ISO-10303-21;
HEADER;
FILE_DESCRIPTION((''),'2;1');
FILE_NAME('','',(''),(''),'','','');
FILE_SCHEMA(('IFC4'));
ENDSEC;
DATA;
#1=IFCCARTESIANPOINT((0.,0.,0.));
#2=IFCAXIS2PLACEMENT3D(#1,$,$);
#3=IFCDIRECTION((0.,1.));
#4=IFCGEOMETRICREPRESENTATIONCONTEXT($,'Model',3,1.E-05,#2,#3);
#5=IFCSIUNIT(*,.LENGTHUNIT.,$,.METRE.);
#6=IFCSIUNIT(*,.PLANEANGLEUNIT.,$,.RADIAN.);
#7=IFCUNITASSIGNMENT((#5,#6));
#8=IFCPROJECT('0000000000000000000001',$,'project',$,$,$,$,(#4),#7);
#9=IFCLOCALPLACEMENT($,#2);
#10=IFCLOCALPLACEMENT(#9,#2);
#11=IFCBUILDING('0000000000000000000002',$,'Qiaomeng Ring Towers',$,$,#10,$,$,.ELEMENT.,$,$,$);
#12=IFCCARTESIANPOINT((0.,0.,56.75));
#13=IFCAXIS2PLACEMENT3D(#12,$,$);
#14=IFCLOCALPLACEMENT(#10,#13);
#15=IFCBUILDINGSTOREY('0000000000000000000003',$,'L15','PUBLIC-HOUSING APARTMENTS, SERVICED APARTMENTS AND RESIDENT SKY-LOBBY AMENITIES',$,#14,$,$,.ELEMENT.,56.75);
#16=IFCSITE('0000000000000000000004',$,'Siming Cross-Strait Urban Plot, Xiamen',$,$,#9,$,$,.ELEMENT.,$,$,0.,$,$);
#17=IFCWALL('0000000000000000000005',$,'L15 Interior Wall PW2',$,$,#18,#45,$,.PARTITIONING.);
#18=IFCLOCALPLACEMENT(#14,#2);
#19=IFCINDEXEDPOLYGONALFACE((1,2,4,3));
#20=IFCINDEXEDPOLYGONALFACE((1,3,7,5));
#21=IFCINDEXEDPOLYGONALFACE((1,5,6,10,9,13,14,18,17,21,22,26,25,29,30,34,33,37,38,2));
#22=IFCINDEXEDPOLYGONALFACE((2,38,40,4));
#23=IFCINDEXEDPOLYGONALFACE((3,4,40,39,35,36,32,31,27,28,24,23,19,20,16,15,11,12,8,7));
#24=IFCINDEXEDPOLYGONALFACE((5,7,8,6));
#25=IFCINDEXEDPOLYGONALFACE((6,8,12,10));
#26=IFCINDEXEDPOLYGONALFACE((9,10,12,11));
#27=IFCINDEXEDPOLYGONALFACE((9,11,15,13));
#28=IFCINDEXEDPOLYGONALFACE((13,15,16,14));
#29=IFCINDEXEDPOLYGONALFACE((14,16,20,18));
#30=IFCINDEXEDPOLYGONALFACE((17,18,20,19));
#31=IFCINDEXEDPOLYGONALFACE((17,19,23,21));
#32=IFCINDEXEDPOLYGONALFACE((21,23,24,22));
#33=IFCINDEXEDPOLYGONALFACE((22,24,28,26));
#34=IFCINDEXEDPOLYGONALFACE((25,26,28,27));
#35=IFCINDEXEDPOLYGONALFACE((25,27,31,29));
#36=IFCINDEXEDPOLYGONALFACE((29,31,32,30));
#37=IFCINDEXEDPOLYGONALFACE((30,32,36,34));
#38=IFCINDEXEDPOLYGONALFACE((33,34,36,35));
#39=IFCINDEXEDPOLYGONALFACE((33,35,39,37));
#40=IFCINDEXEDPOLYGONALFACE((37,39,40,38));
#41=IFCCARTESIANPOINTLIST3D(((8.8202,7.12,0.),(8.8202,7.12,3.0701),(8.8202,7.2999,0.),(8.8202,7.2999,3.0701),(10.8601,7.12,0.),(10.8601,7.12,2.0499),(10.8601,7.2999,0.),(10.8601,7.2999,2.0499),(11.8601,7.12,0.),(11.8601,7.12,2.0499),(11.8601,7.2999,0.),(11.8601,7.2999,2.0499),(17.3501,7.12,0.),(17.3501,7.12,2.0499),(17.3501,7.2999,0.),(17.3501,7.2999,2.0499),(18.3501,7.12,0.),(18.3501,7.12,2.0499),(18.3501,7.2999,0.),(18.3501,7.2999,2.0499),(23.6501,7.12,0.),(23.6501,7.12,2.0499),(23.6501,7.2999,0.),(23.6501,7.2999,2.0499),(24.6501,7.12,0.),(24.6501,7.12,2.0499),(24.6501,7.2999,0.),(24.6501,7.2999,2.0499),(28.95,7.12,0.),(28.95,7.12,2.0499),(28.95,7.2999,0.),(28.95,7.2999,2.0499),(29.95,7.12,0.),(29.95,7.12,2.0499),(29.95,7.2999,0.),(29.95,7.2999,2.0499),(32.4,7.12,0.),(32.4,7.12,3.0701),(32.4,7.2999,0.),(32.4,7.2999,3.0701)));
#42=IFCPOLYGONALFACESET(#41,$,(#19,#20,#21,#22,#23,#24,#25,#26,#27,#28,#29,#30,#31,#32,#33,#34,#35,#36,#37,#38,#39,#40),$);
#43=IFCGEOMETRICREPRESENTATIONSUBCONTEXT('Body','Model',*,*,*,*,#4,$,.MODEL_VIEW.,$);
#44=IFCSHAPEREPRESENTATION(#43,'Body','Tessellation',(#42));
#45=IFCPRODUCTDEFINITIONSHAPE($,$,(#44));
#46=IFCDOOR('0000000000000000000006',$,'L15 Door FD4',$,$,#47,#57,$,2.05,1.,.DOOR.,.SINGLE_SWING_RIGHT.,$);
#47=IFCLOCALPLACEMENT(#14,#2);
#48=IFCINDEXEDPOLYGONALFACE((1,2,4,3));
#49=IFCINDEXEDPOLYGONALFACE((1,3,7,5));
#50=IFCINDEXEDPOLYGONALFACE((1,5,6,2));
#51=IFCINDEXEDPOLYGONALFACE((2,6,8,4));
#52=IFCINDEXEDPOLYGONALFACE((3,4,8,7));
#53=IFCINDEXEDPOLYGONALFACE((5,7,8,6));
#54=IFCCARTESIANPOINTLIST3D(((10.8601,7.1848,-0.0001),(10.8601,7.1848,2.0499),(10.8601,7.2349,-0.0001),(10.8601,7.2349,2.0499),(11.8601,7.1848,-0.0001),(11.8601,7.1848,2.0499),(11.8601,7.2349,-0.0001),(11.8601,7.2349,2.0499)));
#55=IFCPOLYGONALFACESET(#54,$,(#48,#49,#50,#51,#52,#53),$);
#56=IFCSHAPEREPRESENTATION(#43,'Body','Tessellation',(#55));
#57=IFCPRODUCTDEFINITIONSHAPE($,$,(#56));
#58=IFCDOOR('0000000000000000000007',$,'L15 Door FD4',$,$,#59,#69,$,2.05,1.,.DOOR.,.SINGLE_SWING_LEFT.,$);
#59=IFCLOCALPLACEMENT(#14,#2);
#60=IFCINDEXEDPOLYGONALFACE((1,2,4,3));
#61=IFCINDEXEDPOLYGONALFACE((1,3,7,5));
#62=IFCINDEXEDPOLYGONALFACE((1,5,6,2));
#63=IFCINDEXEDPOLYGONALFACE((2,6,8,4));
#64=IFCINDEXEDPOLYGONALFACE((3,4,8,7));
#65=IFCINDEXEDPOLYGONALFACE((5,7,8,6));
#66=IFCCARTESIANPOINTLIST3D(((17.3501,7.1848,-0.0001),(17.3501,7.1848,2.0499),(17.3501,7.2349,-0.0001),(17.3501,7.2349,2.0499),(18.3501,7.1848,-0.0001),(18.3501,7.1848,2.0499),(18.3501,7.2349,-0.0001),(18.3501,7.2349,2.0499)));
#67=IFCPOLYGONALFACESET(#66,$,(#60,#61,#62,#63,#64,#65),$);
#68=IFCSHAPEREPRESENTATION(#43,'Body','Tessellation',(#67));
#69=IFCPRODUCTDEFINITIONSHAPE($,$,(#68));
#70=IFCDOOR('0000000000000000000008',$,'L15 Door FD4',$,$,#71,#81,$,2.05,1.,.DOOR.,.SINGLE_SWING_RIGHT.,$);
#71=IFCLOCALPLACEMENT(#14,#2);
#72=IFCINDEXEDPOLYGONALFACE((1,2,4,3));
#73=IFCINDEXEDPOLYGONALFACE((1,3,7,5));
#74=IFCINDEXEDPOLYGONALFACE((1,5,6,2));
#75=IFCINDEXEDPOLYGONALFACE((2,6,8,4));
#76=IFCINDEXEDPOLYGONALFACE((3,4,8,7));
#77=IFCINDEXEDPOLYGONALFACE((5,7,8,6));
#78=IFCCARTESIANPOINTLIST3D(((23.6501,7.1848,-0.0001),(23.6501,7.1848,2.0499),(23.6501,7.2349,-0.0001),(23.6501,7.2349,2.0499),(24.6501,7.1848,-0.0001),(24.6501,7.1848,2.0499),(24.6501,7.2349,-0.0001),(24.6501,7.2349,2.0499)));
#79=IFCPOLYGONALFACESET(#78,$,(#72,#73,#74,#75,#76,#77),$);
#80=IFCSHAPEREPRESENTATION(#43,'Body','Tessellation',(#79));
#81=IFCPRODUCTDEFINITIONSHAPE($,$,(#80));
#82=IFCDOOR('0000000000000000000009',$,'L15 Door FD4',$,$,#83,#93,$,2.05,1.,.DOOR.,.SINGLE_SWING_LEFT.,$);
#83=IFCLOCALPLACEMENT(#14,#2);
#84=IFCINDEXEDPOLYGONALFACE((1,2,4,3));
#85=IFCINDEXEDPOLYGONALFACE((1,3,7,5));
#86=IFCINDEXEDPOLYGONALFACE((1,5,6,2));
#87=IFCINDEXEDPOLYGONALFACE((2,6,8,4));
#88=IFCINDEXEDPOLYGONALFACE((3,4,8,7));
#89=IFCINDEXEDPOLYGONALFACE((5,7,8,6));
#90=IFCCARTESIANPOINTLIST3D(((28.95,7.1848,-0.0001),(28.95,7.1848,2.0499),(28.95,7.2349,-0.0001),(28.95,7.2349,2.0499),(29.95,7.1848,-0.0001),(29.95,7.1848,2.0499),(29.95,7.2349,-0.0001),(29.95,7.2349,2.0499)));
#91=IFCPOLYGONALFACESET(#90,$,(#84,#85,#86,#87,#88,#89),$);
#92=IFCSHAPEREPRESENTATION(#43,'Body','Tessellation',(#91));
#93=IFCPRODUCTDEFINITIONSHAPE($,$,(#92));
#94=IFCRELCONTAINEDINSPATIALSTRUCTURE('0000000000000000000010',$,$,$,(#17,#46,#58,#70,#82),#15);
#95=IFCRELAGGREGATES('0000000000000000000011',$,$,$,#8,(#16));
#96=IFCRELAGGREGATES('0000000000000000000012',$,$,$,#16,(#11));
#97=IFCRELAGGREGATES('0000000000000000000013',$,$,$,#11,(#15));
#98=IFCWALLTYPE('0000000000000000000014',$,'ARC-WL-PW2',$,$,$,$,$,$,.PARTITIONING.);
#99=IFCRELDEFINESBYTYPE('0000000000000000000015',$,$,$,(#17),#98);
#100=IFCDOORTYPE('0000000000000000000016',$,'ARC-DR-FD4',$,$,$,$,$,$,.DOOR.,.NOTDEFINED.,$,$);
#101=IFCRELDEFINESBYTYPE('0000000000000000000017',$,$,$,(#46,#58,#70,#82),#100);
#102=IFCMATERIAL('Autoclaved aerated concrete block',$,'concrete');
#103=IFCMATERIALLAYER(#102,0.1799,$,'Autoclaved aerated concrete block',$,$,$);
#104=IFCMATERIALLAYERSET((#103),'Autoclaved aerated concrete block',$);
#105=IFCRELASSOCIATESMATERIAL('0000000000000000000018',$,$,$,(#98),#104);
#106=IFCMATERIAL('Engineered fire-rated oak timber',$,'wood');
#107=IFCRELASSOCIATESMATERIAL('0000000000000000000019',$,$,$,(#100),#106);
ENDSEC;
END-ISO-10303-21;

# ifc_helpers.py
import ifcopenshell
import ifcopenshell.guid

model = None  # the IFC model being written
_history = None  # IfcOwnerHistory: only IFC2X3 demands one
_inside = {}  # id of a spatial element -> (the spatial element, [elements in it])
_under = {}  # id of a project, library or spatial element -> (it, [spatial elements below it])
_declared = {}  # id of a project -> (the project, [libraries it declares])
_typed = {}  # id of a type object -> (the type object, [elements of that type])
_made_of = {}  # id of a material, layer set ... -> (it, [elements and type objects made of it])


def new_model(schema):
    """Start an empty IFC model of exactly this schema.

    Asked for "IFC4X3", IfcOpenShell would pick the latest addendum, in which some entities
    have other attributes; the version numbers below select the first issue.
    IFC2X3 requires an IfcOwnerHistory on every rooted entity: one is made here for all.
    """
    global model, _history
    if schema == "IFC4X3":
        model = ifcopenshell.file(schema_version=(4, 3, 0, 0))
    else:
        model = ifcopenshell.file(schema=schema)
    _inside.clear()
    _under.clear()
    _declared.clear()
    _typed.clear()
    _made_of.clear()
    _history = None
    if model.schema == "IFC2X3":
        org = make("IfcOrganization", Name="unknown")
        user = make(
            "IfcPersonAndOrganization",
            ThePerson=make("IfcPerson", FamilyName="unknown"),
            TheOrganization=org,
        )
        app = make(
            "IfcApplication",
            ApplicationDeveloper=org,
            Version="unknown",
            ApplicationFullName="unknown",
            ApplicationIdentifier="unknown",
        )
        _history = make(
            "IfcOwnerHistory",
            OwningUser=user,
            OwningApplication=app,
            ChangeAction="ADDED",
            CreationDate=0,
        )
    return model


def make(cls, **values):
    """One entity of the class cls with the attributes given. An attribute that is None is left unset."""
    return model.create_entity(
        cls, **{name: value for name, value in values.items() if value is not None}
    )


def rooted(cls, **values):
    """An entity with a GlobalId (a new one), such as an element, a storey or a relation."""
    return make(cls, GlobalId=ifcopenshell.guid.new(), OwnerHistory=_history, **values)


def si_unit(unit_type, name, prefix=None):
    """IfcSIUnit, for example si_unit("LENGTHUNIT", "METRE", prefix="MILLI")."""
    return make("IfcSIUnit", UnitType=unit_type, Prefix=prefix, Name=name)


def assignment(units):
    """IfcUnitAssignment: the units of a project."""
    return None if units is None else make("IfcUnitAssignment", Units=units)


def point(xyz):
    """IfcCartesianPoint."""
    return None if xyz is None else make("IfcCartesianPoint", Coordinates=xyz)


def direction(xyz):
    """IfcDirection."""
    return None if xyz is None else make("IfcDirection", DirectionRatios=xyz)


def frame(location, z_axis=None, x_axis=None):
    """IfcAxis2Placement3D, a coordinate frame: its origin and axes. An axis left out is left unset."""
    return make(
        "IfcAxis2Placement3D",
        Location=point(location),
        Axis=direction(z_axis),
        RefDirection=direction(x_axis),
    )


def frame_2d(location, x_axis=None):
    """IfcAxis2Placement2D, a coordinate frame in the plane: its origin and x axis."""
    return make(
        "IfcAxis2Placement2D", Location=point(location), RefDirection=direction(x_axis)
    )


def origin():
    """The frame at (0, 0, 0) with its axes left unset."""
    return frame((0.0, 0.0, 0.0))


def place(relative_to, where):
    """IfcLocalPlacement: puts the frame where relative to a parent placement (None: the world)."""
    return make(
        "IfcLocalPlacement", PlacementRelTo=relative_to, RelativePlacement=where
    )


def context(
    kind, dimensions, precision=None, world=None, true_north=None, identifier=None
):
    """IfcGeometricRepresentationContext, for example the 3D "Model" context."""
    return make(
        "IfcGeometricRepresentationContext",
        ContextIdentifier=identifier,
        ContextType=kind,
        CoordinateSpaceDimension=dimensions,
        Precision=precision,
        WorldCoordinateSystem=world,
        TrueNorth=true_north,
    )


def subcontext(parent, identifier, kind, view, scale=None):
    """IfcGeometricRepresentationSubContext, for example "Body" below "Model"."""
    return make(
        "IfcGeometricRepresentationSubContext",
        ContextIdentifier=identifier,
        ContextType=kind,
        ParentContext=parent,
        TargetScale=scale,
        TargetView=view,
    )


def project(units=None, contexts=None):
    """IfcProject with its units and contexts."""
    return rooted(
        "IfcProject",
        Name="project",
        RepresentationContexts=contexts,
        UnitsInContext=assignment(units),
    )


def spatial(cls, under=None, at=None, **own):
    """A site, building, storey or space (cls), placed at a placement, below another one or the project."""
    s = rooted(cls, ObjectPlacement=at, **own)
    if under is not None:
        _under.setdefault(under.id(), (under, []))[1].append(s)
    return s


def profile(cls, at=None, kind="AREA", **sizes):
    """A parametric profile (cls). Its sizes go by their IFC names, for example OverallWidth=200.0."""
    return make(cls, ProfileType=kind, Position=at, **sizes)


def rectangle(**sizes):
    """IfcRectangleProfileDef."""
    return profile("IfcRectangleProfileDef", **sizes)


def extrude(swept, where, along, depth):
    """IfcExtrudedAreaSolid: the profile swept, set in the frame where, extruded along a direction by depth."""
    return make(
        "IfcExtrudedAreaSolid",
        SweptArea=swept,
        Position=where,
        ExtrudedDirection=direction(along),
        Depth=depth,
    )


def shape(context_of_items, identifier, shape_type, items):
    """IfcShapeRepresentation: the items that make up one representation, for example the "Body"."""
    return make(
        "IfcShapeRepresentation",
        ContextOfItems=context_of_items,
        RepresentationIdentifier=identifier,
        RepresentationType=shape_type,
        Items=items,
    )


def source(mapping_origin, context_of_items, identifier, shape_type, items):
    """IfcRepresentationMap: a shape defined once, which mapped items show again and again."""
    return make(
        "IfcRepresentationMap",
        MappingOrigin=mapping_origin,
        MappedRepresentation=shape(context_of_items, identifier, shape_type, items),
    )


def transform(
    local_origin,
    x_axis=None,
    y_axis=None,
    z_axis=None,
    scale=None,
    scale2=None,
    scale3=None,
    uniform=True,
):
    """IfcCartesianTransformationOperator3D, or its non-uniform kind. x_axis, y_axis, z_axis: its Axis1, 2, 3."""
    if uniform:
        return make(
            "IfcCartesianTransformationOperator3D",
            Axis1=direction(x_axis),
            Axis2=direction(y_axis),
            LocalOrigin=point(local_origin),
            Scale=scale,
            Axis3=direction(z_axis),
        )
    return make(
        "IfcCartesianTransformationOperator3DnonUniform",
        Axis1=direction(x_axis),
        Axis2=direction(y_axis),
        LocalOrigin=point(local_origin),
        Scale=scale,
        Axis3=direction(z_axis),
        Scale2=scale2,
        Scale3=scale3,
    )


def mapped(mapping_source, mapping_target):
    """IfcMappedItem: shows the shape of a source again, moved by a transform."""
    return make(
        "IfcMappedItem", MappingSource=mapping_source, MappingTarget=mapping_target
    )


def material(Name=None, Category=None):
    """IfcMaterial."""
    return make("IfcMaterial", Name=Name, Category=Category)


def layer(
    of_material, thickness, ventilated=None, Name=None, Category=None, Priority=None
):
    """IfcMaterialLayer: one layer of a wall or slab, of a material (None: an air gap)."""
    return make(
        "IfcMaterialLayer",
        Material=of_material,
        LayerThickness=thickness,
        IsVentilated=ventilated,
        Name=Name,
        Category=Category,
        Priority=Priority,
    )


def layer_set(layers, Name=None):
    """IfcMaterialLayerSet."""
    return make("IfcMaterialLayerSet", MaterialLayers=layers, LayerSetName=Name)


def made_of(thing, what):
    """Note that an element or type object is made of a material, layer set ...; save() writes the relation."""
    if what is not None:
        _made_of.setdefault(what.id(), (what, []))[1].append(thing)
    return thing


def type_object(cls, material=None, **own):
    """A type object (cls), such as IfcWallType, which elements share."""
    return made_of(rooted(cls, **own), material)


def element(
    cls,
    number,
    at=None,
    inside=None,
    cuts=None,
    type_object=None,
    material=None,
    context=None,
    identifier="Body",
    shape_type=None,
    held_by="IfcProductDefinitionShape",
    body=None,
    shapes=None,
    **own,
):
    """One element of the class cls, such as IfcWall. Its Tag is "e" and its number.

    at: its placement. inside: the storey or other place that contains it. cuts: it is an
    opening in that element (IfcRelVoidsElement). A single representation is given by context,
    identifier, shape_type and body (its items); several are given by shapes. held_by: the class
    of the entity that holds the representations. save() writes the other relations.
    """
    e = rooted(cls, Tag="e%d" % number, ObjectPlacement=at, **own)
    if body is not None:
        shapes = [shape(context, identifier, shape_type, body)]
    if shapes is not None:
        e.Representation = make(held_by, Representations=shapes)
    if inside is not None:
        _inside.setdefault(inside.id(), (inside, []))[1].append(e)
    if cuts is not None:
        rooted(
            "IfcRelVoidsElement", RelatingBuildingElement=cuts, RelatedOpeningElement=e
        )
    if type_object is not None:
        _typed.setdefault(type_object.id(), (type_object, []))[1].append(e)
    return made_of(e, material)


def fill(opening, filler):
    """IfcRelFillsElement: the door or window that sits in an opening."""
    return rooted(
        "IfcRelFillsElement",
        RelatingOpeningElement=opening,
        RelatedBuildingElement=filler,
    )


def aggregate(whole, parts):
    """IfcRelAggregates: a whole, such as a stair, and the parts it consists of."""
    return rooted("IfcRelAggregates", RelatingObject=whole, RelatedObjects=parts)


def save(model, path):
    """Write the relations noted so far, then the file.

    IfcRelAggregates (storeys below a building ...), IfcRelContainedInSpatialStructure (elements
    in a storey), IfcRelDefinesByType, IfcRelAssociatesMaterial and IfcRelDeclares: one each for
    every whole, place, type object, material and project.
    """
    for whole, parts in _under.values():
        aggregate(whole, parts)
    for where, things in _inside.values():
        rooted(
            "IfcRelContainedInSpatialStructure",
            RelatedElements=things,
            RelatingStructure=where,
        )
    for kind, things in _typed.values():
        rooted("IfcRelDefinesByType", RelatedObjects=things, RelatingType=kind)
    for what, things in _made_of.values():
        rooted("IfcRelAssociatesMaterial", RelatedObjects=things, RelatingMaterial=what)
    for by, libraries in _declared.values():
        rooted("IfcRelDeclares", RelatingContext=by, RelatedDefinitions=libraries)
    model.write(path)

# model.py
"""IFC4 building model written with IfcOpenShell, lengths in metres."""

from ifc_helpers import new_model, si_unit, direction, frame, frame_2d, origin, place, context, subcontext, project, spatial, rectangle, extrude, source, transform, mapped, material, layer, layer_set, type_object, element, fill, save


model = new_model("IFC4")

# Units and contexts
model_context = context("Model", 3, precision=1e-05, world=origin(), true_north=direction((0.0, 1.0)))
body_context = subcontext(model_context, "Body", "Model", "MODEL_VIEW")
ifc_project = project(units=[si_unit("LENGTHUNIT", "METRE"), si_unit("PLANEANGLEUNIT", "RADIAN")], contexts=[model_context])

# Site, building, storey
site_placement = place(None, origin())
site = spatial("IfcSite", under=ifc_project, at=site_placement, Name="Siming Cross-Strait Urban Plot, Xiamen", CompositionType="ELEMENT", RefElevation=0.0)
building_placement = place(site_placement, origin())
building = spatial("IfcBuilding", under=site, at=building_placement, Name="Qiaomeng Ring Towers", CompositionType="ELEMENT")
storey_placement = place(building_placement, frame((0.0, 0.0, 56.75)))
storey = spatial("IfcBuildingStorey", under=building, at=storey_placement, Name="L15", Description="PUBLIC-HOUSING APARTMENTS, SERVICED APARTMENTS AND RESIDENT SKY-LOBBY AMENITIES", CompositionType="ELEMENT", Elevation=56.75)

# Wall, openings, doors
ifc_material_1 = material(Name="Autoclaved aerated concrete block", Category="concrete")
ifc_layer_1 = layer(ifc_material_1, 0.1799, Name="Autoclaved aerated concrete block")
ifc_layer_set_1 = layer_set([ifc_layer_1], Name="Autoclaved aerated concrete block")
wall_type_1 = type_object("IfcWallType", Name="ARC-WL-PW2", PredefinedType="PARTITIONING", material=ifc_layer_set_1)
wall_1_placement = place(storey_placement, frame((8.8201, 7.21, 0.0), z_axis=(0.0, 0.0, 1.0), x_axis=(1.0, 0.0, 0.0)))
wall_1 = element("IfcWall", 1, at=wall_1_placement, inside=storey, type_object=wall_type_1, Name="L15 Interior Wall PW2", PredefinedType="PARTITIONING", context=body_context, shape_type="SweptSolid", body=[
    extrude(rectangle(XDim=23.5798, YDim=0.1799, at=frame_2d((11.79, 0.0))), origin(), (0.0, 0.0, 1.0), 3.0701),
])
opening_1_placement = place(wall_1_placement, frame((2.04, 0.0, 0.0)))
opening_1 = element("IfcOpeningElement", 2, at=opening_1_placement, cuts=wall_1, PredefinedType="OPENING", context=body_context, shape_type="SweptSolid", body=[
    extrude(rectangle(XDim=1.0, YDim=2.05, at=frame_2d((0.5, 1.0249))), frame((0.0, 0.0999, 0.0), z_axis=(0.0, -1.0, 0.0), x_axis=(1.0, 0.0, 0.0)), (0.0, 0.0, 1.0), 0.2),
])
opening_2_placement = place(wall_1_placement, frame((8.53, 0.0, 0.0)))
opening_2 = element("IfcOpeningElement", 3, at=opening_2_placement, cuts=wall_1, PredefinedType="OPENING", context=body_context, shape_type="SweptSolid", body=[
    extrude(rectangle(XDim=1.0, YDim=2.05, at=frame_2d((0.5, 1.0249))), frame((0.0, 0.0999, 0.0), z_axis=(0.0, -1.0, 0.0), x_axis=(1.0, 0.0, 0.0)), (0.0, 0.0, 1.0), 0.2),
])
opening_3_placement = place(wall_1_placement, frame((14.8301, 0.0, 0.0)))
opening_3 = element("IfcOpeningElement", 4, at=opening_3_placement, cuts=wall_1, PredefinedType="OPENING", context=body_context, shape_type="SweptSolid", body=[
    extrude(rectangle(XDim=1.0, YDim=2.05, at=frame_2d((0.5, 1.0249))), frame((0.0, 0.0999, 0.0), z_axis=(0.0, -1.0, 0.0), x_axis=(1.0, 0.0, 0.0)), (0.0, 0.0, 1.0), 0.2),
])
opening_4_placement = place(wall_1_placement, frame((20.1299, 0.0, 0.0)))
opening_4 = element("IfcOpeningElement", 5, at=opening_4_placement, cuts=wall_1, PredefinedType="OPENING", context=body_context, shape_type="SweptSolid", body=[
    extrude(rectangle(XDim=1.0, YDim=2.05, at=frame_2d((0.5, 1.0249))), frame((0.0, 0.0999, 0.0), z_axis=(0.0, -1.0, 0.0), x_axis=(1.0, 0.0, 0.0)), (0.0, 0.0, 1.0), 0.2),
])
ifc_material_2 = material(Name="Engineered fire-rated oak timber", Category="wood")
door_type_1 = type_object("IfcDoorType", Name="ARC-DR-FD4", OperationType="NOTDEFINED", PredefinedType="DOOR", material=ifc_material_2)
shared_shape_1 = source(origin(), body_context, "Body", "SweptSolid", [
    extrude(rectangle(XDim=1.0, YDim=2.05, at=frame_2d((0.5, 1.0249))), frame((0.0, 0.0249, 0.0), z_axis=(0.0, -1.0, 0.0), x_axis=(1.0, 0.0, 0.0)), (0.0, 0.0, 1.0), 0.05),
])
door_1_placement = place(opening_1_placement, origin())
door_1 = element("IfcDoor", 6, at=door_1_placement, inside=storey, type_object=door_type_1, Name="L15 Door FD4", OperationType="SINGLE_SWING_RIGHT", OverallHeight=2.05, OverallWidth=1.0, PredefinedType="DOOR", context=body_context, shape_type="MappedRepresentation", body=[
    mapped(shared_shape_1, transform((0.0, 0.0, 0.0), x_axis=(1.0, 0.0, 0.0), y_axis=(0.0, 1.0, 0.0), z_axis=(0.0, 0.0, 1.0), scale=1.0)),
])
fill(opening_1, door_1)
door_2_placement = place(opening_2_placement, origin())
door_2 = element("IfcDoor", 7, at=door_2_placement, inside=storey, type_object=door_type_1, Name="L15 Door FD4", OperationType="SINGLE_SWING_LEFT", OverallHeight=2.05, OverallWidth=1.0, PredefinedType="DOOR", context=body_context, shape_type="MappedRepresentation", body=[
    mapped(shared_shape_1, transform((0.0, 0.0, 0.0), x_axis=(1.0, 0.0, 0.0), y_axis=(0.0, 1.0, 0.0), z_axis=(0.0, 0.0, 1.0), scale=1.0)),
])
fill(opening_2, door_2)
door_3_placement = place(opening_3_placement, origin())
door_3 = element("IfcDoor", 8, at=door_3_placement, inside=storey, type_object=door_type_1, Name="L15 Door FD4", OperationType="SINGLE_SWING_RIGHT", OverallHeight=2.05, OverallWidth=1.0, PredefinedType="DOOR", context=body_context, shape_type="MappedRepresentation", body=[
    mapped(shared_shape_1, transform((0.0, 0.0, 0.0), x_axis=(1.0, 0.0, 0.0), y_axis=(0.0, 1.0, 0.0), z_axis=(0.0, 0.0, 1.0), scale=1.0)),
])
fill(opening_3, door_3)
door_4_placement = place(opening_4_placement, origin())
door_4 = element("IfcDoor", 9, at=door_4_placement, inside=storey, type_object=door_type_1, Name="L15 Door FD4", OperationType="SINGLE_SWING_LEFT", OverallHeight=2.05, OverallWidth=1.0, PredefinedType="DOOR", context=body_context, shape_type="MappedRepresentation", body=[
    mapped(shared_shape_1, transform((0.0, 0.0, 0.0), x_axis=(1.0, 0.0, 0.0), y_axis=(0.0, 1.0, 0.0), z_axis=(0.0, 0.0, 1.0), scale=1.0)),
])
fill(opening_4, door_4)

save(model, "model.ifc")
